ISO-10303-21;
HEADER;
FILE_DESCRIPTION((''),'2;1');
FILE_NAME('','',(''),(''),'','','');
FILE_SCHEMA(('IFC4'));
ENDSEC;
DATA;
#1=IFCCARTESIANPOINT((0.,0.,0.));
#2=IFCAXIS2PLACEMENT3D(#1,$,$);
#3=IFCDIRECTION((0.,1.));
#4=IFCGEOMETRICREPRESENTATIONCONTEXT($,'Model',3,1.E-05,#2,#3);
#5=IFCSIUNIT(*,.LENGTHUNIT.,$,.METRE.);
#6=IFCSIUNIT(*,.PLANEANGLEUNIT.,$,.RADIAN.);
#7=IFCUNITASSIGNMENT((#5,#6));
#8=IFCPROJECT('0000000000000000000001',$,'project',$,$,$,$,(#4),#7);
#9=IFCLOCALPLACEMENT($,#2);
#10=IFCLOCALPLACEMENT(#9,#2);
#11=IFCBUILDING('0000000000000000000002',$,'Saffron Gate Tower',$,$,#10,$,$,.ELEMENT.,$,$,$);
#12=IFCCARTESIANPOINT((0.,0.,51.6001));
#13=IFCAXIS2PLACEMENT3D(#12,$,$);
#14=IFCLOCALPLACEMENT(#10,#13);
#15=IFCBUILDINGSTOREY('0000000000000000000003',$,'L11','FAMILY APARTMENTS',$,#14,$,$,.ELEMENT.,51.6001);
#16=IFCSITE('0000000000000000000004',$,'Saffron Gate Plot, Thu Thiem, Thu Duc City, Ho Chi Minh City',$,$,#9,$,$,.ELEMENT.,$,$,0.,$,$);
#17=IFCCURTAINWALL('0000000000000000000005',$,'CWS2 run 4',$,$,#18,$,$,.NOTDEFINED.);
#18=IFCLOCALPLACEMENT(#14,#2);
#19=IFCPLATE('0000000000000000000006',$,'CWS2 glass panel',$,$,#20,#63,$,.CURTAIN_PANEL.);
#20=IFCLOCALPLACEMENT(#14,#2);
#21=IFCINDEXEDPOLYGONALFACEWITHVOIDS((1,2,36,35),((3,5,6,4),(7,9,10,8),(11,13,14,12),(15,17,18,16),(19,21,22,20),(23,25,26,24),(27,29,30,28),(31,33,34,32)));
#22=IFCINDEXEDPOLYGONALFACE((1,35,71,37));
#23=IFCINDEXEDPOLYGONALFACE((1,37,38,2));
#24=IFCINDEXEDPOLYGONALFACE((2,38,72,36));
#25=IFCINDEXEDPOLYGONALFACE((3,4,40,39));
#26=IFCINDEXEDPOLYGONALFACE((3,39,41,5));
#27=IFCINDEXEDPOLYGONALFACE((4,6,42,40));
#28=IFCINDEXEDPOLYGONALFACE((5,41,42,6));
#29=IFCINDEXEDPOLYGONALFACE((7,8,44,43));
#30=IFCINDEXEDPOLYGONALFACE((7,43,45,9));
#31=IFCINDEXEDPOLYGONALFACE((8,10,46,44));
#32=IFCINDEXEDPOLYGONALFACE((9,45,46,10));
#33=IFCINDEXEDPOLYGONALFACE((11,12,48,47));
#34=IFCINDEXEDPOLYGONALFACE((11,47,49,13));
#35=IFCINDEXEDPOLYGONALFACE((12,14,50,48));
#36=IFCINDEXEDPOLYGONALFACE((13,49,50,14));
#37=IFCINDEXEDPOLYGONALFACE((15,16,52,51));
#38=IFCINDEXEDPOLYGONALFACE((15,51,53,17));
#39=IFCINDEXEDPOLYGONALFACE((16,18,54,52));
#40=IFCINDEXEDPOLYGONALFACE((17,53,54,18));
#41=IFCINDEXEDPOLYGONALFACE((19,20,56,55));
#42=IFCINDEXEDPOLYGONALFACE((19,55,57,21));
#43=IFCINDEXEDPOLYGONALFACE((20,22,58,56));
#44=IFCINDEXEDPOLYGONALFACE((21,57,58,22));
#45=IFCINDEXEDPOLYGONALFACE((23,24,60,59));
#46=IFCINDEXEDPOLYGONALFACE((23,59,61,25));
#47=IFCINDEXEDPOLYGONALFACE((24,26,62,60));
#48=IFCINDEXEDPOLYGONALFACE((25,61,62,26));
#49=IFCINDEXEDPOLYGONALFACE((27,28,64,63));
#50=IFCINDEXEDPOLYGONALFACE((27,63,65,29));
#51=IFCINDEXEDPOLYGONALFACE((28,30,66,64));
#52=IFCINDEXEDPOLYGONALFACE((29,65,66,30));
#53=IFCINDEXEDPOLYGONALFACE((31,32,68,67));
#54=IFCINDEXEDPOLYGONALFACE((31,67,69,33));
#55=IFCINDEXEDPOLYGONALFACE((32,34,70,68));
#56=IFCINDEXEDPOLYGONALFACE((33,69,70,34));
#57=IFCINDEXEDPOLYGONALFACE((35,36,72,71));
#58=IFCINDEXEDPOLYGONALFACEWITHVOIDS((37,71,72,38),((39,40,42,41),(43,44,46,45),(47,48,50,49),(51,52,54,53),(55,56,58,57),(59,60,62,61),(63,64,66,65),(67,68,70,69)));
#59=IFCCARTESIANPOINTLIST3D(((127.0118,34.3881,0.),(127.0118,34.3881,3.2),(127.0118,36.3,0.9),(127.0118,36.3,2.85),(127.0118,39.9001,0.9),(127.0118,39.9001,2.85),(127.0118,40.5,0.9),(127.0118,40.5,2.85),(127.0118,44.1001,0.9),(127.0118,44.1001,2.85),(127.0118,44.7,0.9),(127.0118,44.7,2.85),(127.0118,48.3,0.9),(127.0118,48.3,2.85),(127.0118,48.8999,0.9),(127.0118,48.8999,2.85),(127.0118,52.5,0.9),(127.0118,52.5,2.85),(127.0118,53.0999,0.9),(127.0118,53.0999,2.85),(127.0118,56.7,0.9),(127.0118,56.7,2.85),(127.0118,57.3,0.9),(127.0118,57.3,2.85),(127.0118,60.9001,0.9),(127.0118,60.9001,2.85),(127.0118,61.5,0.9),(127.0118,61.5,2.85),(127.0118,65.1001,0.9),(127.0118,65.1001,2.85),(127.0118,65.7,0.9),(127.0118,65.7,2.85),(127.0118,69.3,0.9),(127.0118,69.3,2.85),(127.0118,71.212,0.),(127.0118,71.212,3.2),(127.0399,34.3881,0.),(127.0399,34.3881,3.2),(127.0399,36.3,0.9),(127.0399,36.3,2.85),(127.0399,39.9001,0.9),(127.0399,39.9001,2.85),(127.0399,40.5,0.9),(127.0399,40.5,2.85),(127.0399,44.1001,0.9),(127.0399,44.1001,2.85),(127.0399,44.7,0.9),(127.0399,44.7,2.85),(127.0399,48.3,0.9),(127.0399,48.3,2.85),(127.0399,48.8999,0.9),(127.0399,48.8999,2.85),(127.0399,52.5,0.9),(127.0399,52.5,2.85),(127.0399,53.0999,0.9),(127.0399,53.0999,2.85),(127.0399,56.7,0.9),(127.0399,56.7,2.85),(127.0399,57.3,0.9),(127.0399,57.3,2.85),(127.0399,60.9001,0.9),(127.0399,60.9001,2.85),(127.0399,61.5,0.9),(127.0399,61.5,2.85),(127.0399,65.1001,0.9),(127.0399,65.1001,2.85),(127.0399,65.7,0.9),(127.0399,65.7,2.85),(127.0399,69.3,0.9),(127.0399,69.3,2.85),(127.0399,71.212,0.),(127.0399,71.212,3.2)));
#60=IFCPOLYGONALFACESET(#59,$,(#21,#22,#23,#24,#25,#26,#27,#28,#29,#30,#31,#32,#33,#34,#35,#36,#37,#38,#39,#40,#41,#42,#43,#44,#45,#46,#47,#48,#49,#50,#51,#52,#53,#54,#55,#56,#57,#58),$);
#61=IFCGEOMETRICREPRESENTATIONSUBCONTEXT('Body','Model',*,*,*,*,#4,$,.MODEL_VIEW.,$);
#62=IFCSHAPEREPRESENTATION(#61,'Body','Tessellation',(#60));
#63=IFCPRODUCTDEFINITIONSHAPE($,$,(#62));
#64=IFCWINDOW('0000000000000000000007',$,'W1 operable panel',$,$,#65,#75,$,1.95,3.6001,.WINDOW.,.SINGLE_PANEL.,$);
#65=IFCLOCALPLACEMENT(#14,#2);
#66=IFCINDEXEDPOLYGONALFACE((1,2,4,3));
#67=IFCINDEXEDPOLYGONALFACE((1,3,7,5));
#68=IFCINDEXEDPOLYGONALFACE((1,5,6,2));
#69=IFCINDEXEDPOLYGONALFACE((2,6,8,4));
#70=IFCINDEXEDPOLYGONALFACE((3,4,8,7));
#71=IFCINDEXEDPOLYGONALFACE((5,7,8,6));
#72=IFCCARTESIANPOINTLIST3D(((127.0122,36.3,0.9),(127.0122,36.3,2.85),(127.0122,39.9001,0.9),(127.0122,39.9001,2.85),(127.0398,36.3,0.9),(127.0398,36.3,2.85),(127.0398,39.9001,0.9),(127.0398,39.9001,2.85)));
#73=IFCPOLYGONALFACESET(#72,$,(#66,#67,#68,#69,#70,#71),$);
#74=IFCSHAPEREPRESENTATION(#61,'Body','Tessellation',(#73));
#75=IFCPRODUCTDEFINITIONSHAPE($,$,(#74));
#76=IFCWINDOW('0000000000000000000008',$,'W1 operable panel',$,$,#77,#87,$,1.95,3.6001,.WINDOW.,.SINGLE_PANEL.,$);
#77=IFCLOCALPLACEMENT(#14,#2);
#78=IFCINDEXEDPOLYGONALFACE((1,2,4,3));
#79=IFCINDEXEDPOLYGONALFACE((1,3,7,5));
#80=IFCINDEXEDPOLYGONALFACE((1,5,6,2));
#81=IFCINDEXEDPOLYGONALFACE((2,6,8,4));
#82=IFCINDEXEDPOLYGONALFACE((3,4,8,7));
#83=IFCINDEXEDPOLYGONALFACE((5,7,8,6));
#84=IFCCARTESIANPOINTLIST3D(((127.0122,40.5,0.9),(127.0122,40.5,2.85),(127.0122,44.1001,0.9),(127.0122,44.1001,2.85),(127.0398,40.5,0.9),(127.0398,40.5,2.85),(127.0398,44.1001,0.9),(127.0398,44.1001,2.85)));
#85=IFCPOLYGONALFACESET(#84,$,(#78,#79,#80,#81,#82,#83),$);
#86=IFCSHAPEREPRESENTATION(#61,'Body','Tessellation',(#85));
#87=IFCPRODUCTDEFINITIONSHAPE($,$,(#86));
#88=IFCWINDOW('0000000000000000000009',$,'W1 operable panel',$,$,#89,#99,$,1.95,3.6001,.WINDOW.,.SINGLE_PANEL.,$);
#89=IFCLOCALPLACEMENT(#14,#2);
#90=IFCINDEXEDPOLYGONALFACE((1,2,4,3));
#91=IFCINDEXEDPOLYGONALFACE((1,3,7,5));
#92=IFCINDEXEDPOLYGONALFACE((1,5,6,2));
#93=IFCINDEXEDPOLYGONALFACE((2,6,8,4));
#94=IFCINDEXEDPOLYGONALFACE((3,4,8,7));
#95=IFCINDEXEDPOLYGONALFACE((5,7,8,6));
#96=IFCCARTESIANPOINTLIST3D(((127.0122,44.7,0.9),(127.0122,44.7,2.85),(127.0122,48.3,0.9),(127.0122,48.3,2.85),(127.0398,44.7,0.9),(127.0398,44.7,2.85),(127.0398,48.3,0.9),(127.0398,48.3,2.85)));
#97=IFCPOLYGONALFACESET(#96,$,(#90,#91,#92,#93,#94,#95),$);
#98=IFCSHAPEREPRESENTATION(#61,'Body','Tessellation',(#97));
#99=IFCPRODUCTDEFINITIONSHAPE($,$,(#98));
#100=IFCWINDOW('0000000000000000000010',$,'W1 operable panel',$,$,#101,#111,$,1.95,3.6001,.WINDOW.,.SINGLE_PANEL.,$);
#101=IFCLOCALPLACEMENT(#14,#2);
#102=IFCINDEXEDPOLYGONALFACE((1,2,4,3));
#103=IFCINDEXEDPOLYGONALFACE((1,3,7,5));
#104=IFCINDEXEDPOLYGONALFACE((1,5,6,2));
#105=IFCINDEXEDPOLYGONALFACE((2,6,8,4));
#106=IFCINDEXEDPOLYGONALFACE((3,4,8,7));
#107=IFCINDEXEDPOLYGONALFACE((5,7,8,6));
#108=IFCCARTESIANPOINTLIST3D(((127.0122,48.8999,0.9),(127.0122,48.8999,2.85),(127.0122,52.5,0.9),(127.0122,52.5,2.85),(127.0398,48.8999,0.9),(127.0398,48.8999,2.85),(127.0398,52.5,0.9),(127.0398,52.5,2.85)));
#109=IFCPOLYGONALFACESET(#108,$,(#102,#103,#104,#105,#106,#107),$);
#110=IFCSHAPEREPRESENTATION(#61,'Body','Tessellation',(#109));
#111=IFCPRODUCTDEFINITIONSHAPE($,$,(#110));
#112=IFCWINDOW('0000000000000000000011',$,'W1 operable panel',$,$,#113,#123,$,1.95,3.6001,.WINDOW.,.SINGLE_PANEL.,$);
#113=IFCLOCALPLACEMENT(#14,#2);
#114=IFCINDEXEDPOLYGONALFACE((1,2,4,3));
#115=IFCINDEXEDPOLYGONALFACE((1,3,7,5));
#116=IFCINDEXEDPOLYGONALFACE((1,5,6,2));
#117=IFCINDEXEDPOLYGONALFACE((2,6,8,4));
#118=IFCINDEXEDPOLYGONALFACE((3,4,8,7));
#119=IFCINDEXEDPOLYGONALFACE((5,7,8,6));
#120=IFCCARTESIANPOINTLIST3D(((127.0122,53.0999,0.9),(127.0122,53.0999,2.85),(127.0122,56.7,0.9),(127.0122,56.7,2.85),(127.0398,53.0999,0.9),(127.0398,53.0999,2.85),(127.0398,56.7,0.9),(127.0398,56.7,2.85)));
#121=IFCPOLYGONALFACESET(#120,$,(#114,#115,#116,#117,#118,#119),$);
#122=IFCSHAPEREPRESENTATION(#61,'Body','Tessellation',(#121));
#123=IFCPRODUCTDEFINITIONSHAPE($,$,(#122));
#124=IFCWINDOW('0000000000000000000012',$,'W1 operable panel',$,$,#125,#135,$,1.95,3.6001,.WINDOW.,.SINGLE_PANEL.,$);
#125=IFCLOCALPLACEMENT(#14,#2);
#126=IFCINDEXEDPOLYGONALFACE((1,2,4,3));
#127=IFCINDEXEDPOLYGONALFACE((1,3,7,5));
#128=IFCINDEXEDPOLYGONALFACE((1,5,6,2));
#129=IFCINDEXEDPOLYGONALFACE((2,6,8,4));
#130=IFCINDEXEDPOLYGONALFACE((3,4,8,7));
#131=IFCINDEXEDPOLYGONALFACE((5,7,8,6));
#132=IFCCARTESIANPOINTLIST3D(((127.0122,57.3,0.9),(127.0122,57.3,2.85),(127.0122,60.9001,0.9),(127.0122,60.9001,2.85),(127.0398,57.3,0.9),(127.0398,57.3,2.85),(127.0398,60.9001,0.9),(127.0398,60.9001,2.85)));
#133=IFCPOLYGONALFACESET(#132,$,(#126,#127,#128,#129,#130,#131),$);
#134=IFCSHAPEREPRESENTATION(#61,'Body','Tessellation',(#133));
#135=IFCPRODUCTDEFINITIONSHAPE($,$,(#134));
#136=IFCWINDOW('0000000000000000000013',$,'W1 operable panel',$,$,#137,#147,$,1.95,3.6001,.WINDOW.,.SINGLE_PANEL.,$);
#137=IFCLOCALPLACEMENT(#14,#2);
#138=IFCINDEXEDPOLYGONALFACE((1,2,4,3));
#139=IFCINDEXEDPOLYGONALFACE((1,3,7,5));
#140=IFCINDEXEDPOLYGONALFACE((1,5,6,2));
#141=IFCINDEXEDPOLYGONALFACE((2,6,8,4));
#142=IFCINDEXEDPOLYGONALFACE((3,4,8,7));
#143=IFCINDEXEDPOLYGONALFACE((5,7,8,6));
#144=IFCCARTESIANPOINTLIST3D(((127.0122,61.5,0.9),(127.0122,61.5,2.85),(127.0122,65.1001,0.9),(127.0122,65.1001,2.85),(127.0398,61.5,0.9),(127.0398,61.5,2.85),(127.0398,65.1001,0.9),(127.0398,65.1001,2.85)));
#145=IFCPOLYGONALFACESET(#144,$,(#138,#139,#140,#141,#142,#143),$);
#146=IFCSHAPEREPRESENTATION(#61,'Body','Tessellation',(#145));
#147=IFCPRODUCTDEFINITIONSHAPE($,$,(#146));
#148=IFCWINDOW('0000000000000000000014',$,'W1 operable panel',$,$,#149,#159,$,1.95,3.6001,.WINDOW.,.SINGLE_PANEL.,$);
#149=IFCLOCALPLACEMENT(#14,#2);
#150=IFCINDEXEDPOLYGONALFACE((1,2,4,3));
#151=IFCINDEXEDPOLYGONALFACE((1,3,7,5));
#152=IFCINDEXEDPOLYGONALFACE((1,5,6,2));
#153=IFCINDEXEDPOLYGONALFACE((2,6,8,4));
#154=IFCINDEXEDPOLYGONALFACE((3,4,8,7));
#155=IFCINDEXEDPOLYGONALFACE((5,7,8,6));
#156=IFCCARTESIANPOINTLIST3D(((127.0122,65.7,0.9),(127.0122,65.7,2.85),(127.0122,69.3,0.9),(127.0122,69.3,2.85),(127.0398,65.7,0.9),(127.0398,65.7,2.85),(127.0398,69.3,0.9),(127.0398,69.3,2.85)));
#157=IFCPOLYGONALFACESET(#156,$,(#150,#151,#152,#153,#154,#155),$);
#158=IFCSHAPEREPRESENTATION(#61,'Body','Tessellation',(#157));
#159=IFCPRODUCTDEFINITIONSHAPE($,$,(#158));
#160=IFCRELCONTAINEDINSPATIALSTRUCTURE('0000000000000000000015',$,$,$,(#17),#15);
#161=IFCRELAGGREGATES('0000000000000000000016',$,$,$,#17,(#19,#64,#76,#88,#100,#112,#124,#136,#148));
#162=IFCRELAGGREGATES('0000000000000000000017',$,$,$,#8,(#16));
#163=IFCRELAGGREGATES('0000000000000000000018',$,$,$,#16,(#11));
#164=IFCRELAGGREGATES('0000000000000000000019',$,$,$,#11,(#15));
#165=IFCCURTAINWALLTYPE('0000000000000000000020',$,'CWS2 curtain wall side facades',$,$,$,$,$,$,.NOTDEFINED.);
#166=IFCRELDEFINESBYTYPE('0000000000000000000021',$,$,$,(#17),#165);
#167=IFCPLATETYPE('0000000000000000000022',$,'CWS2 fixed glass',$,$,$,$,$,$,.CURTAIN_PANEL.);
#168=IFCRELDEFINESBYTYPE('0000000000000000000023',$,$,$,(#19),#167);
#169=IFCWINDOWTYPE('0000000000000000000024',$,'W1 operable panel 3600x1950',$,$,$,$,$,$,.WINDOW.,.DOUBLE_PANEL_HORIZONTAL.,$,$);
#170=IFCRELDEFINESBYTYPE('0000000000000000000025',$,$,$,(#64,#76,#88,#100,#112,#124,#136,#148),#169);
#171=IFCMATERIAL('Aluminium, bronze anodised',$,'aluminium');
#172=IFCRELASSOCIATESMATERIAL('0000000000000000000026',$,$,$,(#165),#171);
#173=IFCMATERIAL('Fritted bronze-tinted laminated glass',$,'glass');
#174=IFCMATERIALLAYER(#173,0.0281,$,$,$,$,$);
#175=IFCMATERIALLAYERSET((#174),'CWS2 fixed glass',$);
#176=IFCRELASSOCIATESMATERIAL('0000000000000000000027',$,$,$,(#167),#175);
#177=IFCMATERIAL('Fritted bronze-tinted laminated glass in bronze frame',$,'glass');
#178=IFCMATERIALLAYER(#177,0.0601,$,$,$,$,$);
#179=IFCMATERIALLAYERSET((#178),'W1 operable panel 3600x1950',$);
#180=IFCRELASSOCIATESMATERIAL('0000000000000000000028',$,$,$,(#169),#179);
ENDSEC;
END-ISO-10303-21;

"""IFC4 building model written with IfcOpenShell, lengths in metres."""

from ifc_helpers import new_model, si_unit, direction, frame, frame_2d, origin, place, context, subcontext, project, spatial, rectangle, extrude, material, layer, layer_set, type_object, element, fill, aggregate, save


model = new_model("IFC4")

# Units and contexts
model_context = context("Model", 3, precision=1e-05, world=origin(), true_north=direction((0.0, 1.0)))
body_context = subcontext(model_context, "Body", "Model", "MODEL_VIEW")
ifc_project = project(units=[si_unit("LENGTHUNIT", "METRE"), si_unit("PLANEANGLEUNIT", "RADIAN")], contexts=[model_context])

# Site, building, storey
site_placement = place(None, origin())
site = spatial("IfcSite", under=ifc_project, at=site_placement, Name="Saffron Gate Plot, Thu Thiem, Thu Duc City, Ho Chi Minh City", CompositionType="ELEMENT", RefElevation=0.0)
building_placement = place(site_placement, origin())
building = spatial("IfcBuilding", under=site, at=building_placement, Name="Saffron Gate Tower", CompositionType="ELEMENT")
storey_placement = place(building_placement, frame((0.0, 0.0, 51.6001)))
storey = spatial("IfcBuildingStorey", under=building, at=storey_placement, Name="L11", Description="FAMILY APARTMENTS", CompositionType="ELEMENT", Elevation=51.6001)

# Curtain wall
ifc_material_1 = material(Name="Aluminium, bronze anodised", Category="aluminium")
curtain_wall_type_1 = type_object("IfcCurtainWallType", Name="CWS2 curtain wall side facades", PredefinedType="NOTDEFINED", material=ifc_material_1)
curtain_wall_1_placement = place(storey_placement, origin())
curtain_wall_1 = element("IfcCurtainWall", 1, at=curtain_wall_1_placement, inside=storey, type_object=curtain_wall_type_1, Name="CWS2 run 4", PredefinedType="NOTDEFINED")

# Plate, openings, windows
ifc_material_2 = material(Name="Fritted bronze-tinted laminated glass", Category="glass")
ifc_layer_1 = layer(ifc_material_2, 0.0281)
ifc_layer_set_1 = layer_set([ifc_layer_1], Name="CWS2 fixed glass")
plate_type = type_object("IfcPlateType", Name="CWS2 fixed glass", PredefinedType="CURTAIN_PANEL", material=ifc_layer_set_1)
plate_placement = place(storey_placement, frame((127.0259, 34.3879, 0.0), z_axis=(0.0, 0.0, 1.0), x_axis=(0.0, 1.0, 0.0)))
plate = element("IfcPlate", 2, at=plate_placement, type_object=plate_type, Name="CWS2 glass panel", PredefinedType="CURTAIN_PANEL", context=body_context, shape_type="SweptSolid", body=[
    extrude(rectangle(XDim=36.824, YDim=0.0281, at=frame_2d((18.4121, 0.0))), origin(), (0.0, 0.0, 1.0), 3.2),
])
opening_1_placement = place(plate_placement, frame((1.9121, 0.0, 0.8999)))
opening_1 = element("IfcOpeningElement", 3, at=opening_1_placement, cuts=plate, PredefinedType="OPENING", context=body_context, shape_type="SweptSolid", body=[
    extrude(rectangle(XDim=3.6001, YDim=1.95, at=frame_2d((1.8, 0.9751))), frame((0.0, 0.0239, 0.0), z_axis=(0.0, -1.0, 0.0), x_axis=(1.0, 0.0, 0.0)), (0.0, 0.0, 1.0), 0.0481),
])
opening_2_placement = place(plate_placement, frame((6.1121, 0.0, 0.8999)))
opening_2 = element("IfcOpeningElement", 4, at=opening_2_placement, cuts=plate, PredefinedType="OPENING", context=body_context, shape_type="SweptSolid", body=[
    extrude(rectangle(XDim=3.6001, YDim=1.95, at=frame_2d((1.8, 0.9751))), frame((0.0, 0.0239, 0.0), z_axis=(0.0, -1.0, 0.0), x_axis=(1.0, 0.0, 0.0)), (0.0, 0.0, 1.0), 0.0481),
])
opening_3_placement = place(plate_placement, frame((10.312, 0.0, 0.8999)))
opening_3 = element("IfcOpeningElement", 5, at=opening_3_placement, cuts=plate, PredefinedType="OPENING", context=body_context, shape_type="SweptSolid", body=[
    extrude(rectangle(XDim=3.6001, YDim=1.95, at=frame_2d((1.8, 0.9751))), frame((0.0, 0.0239, 0.0), z_axis=(0.0, -1.0, 0.0), x_axis=(1.0, 0.0, 0.0)), (0.0, 0.0, 1.0), 0.0481),
])
opening_4_placement = place(plate_placement, frame((14.512, 0.0, 0.8999)))
opening_4 = element("IfcOpeningElement", 6, at=opening_4_placement, cuts=plate, PredefinedType="OPENING", context=body_context, shape_type="SweptSolid", body=[
    extrude(rectangle(XDim=3.6001, YDim=1.95, at=frame_2d((1.8, 0.9751))), frame((0.0, 0.0239, 0.0), z_axis=(0.0, -1.0, 0.0), x_axis=(1.0, 0.0, 0.0)), (0.0, 0.0, 1.0), 0.0481),
])
opening_5_placement = place(plate_placement, frame((18.7119, 0.0, 0.8999)))
opening_5 = element("IfcOpeningElement", 7, at=opening_5_placement, cuts=plate, PredefinedType="OPENING", context=body_context, shape_type="SweptSolid", body=[
    extrude(rectangle(XDim=3.6001, YDim=1.95, at=frame_2d((1.8, 0.9751))), frame((0.0, 0.0239, 0.0), z_axis=(0.0, -1.0, 0.0), x_axis=(1.0, 0.0, 0.0)), (0.0, 0.0, 1.0), 0.0481),
])
opening_6_placement = place(plate_placement, frame((22.9121, 0.0, 0.8999)))
opening_6 = element("IfcOpeningElement", 8, at=opening_6_placement, cuts=plate, PredefinedType="OPENING", context=body_context, shape_type="SweptSolid", body=[
    extrude(rectangle(XDim=3.6001, YDim=1.95, at=frame_2d((1.8, 0.9751))), frame((0.0, 0.0239, 0.0), z_axis=(0.0, -1.0, 0.0), x_axis=(1.0, 0.0, 0.0)), (0.0, 0.0, 1.0), 0.0481),
])
opening_7_placement = place(plate_placement, frame((27.1121, 0.0, 0.8999)))
opening_7 = element("IfcOpeningElement", 9, at=opening_7_placement, cuts=plate, PredefinedType="OPENING", context=body_context, shape_type="SweptSolid", body=[
    extrude(rectangle(XDim=3.6001, YDim=1.95, at=frame_2d((1.8, 0.9751))), frame((0.0, 0.0239, 0.0), z_axis=(0.0, -1.0, 0.0), x_axis=(1.0, 0.0, 0.0)), (0.0, 0.0, 1.0), 0.0481),
])
opening_8_placement = place(plate_placement, frame((31.312, 0.0, 0.8999)))
opening_8 = element("IfcOpeningElement", 10, at=opening_8_placement, cuts=plate, PredefinedType="OPENING", context=body_context, shape_type="SweptSolid", body=[
    extrude(rectangle(XDim=3.6001, YDim=1.95, at=frame_2d((1.8, 0.9751))), frame((0.0, 0.0239, 0.0), z_axis=(0.0, -1.0, 0.0), x_axis=(1.0, 0.0, 0.0)), (0.0, 0.0, 1.0), 0.0481),
])
ifc_material_3 = material(Name="Fritted bronze-tinted laminated glass in bronze frame", Category="glass")
ifc_layer_2 = layer(ifc_material_3, 0.0601)
ifc_layer_set_2 = layer_set([ifc_layer_2], Name="W1 operable panel 3600x1950")
window_type = type_object("IfcWindowType", Name="W1 operable panel 3600x1950", PartitioningType="DOUBLE_PANEL_HORIZONTAL", PredefinedType="WINDOW", material=ifc_layer_set_2)
window_1_placement = place(opening_1_placement, origin())
window_1 = element("IfcWindow", 11, at=window_1_placement, type_object=window_type, Name="W1 operable panel", OverallHeight=1.95, OverallWidth=3.6001, PartitioningType="SINGLE_PANEL", PredefinedType="WINDOW", context=body_context, shape_type="SweptSolid", body=[
    extrude(rectangle(XDim=3.6001, YDim=1.95, at=frame_2d((1.8, 0.9751))), frame((0.0, 0.0137, 0.0), z_axis=(0.0, -1.0, 0.0), x_axis=(1.0, 0.0, 0.0)), (0.0, 0.0, 1.0), 0.0276),
])
fill(opening_1, window_1)
window_2_placement = place(opening_2_placement, origin())
window_2 = element("IfcWindow", 12, at=window_2_placement, type_object=window_type, Name="W1 operable panel", OverallHeight=1.95, OverallWidth=3.6001, PartitioningType="SINGLE_PANEL", PredefinedType="WINDOW", context=body_context, shape_type="SweptSolid", body=[
    extrude(rectangle(XDim=3.6001, YDim=1.95, at=frame_2d((1.8, 0.9751))), frame((0.0, 0.0137, 0.0), z_axis=(0.0, -1.0, 0.0), x_axis=(1.0, 0.0, 0.0)), (0.0, 0.0, 1.0), 0.0276),
])
fill(opening_2, window_2)
window_3_placement = place(opening_3_placement, origin())
window_3 = element("IfcWindow", 13, at=window_3_placement, type_object=window_type, Name="W1 operable panel", OverallHeight=1.95, OverallWidth=3.6001, PartitioningType="SINGLE_PANEL", PredefinedType="WINDOW", context=body_context, shape_type="SweptSolid", body=[
    extrude(rectangle(XDim=3.6001, YDim=1.95, at=frame_2d((1.8, 0.9751))), frame((0.0, 0.0137, 0.0), z_axis=(0.0, -1.0, 0.0), x_axis=(1.0, 0.0, 0.0)), (0.0, 0.0, 1.0), 0.0276),
])
fill(opening_3, window_3)
window_4_placement = place(opening_4_placement, origin())
window_4 = element("IfcWindow", 14, at=window_4_placement, type_object=window_type, Name="W1 operable panel", OverallHeight=1.95, OverallWidth=3.6001, PartitioningType="SINGLE_PANEL", PredefinedType="WINDOW", context=body_context, shape_type="SweptSolid", body=[
    extrude(rectangle(XDim=3.6001, YDim=1.95, at=frame_2d((1.8, 0.9751))), frame((0.0, 0.0137, 0.0), z_axis=(0.0, -1.0, 0.0), x_axis=(1.0, 0.0, 0.0)), (0.0, 0.0, 1.0), 0.0276),
])
fill(opening_4, window_4)
window_5_placement = place(opening_5_placement, origin())
window_5 = element("IfcWindow", 15, at=window_5_placement, type_object=window_type, Name="W1 operable panel", OverallHeight=1.95, OverallWidth=3.6001, PartitioningType="SINGLE_PANEL", PredefinedType="WINDOW", context=body_context, shape_type="SweptSolid", body=[
    extrude(rectangle(XDim=3.6001, YDim=1.95, at=frame_2d((1.8, 0.9751))), frame((0.0, 0.0137, 0.0), z_axis=(0.0, -1.0, 0.0), x_axis=(1.0, 0.0, 0.0)), (0.0, 0.0, 1.0), 0.0276),
])
fill(opening_5, window_5)
window_6_placement = place(opening_6_placement, origin())
window_6 = element("IfcWindow", 16, at=window_6_placement, type_object=window_type, Name="W1 operable panel", OverallHeight=1.95, OverallWidth=3.6001, PartitioningType="SINGLE_PANEL", PredefinedType="WINDOW", context=body_context, shape_type="SweptSolid", body=[
    extrude(rectangle(XDim=3.6001, YDim=1.95, at=frame_2d((1.8, 0.9751))), frame((0.0, 0.0137, 0.0), z_axis=(0.0, -1.0, 0.0), x_axis=(1.0, 0.0, 0.0)), (0.0, 0.0, 1.0), 0.0276),
])
fill(opening_6, window_6)
window_7_placement = place(opening_7_placement, origin())
window_7 = element("IfcWindow", 17, at=window_7_placement, type_object=window_type, Name="W1 operable panel", OverallHeight=1.95, OverallWidth=3.6001, PartitioningType="SINGLE_PANEL", PredefinedType="WINDOW", context=body_context, shape_type="SweptSolid", body=[
    extrude(rectangle(XDim=3.6001, YDim=1.95, at=frame_2d((1.8, 0.9751))), frame((0.0, 0.0137, 0.0), z_axis=(0.0, -1.0, 0.0), x_axis=(1.0, 0.0, 0.0)), (0.0, 0.0, 1.0), 0.0276),
])
fill(opening_7, window_7)
window_8_placement = place(opening_8_placement, origin())
window_8 = element("IfcWindow", 18, at=window_8_placement, type_object=window_type, Name="W1 operable panel", OverallHeight=1.95, OverallWidth=3.6001, PartitioningType="SINGLE_PANEL", PredefinedType="WINDOW", context=body_context, shape_type="SweptSolid", body=[
    extrude(rectangle(XDim=3.6001, YDim=1.95, at=frame_2d((1.8, 0.9751))), frame((0.0, 0.0137, 0.0), z_axis=(0.0, -1.0, 0.0), x_axis=(1.0, 0.0, 0.0)), (0.0, 0.0, 1.0), 0.0276),
])
fill(opening_8, window_8)
aggregate(curtain_wall_1, [plate, window_1, window_2, window_3, window_4, window_5, window_6, window_7, window_8])

save(model, "model.ifc")
